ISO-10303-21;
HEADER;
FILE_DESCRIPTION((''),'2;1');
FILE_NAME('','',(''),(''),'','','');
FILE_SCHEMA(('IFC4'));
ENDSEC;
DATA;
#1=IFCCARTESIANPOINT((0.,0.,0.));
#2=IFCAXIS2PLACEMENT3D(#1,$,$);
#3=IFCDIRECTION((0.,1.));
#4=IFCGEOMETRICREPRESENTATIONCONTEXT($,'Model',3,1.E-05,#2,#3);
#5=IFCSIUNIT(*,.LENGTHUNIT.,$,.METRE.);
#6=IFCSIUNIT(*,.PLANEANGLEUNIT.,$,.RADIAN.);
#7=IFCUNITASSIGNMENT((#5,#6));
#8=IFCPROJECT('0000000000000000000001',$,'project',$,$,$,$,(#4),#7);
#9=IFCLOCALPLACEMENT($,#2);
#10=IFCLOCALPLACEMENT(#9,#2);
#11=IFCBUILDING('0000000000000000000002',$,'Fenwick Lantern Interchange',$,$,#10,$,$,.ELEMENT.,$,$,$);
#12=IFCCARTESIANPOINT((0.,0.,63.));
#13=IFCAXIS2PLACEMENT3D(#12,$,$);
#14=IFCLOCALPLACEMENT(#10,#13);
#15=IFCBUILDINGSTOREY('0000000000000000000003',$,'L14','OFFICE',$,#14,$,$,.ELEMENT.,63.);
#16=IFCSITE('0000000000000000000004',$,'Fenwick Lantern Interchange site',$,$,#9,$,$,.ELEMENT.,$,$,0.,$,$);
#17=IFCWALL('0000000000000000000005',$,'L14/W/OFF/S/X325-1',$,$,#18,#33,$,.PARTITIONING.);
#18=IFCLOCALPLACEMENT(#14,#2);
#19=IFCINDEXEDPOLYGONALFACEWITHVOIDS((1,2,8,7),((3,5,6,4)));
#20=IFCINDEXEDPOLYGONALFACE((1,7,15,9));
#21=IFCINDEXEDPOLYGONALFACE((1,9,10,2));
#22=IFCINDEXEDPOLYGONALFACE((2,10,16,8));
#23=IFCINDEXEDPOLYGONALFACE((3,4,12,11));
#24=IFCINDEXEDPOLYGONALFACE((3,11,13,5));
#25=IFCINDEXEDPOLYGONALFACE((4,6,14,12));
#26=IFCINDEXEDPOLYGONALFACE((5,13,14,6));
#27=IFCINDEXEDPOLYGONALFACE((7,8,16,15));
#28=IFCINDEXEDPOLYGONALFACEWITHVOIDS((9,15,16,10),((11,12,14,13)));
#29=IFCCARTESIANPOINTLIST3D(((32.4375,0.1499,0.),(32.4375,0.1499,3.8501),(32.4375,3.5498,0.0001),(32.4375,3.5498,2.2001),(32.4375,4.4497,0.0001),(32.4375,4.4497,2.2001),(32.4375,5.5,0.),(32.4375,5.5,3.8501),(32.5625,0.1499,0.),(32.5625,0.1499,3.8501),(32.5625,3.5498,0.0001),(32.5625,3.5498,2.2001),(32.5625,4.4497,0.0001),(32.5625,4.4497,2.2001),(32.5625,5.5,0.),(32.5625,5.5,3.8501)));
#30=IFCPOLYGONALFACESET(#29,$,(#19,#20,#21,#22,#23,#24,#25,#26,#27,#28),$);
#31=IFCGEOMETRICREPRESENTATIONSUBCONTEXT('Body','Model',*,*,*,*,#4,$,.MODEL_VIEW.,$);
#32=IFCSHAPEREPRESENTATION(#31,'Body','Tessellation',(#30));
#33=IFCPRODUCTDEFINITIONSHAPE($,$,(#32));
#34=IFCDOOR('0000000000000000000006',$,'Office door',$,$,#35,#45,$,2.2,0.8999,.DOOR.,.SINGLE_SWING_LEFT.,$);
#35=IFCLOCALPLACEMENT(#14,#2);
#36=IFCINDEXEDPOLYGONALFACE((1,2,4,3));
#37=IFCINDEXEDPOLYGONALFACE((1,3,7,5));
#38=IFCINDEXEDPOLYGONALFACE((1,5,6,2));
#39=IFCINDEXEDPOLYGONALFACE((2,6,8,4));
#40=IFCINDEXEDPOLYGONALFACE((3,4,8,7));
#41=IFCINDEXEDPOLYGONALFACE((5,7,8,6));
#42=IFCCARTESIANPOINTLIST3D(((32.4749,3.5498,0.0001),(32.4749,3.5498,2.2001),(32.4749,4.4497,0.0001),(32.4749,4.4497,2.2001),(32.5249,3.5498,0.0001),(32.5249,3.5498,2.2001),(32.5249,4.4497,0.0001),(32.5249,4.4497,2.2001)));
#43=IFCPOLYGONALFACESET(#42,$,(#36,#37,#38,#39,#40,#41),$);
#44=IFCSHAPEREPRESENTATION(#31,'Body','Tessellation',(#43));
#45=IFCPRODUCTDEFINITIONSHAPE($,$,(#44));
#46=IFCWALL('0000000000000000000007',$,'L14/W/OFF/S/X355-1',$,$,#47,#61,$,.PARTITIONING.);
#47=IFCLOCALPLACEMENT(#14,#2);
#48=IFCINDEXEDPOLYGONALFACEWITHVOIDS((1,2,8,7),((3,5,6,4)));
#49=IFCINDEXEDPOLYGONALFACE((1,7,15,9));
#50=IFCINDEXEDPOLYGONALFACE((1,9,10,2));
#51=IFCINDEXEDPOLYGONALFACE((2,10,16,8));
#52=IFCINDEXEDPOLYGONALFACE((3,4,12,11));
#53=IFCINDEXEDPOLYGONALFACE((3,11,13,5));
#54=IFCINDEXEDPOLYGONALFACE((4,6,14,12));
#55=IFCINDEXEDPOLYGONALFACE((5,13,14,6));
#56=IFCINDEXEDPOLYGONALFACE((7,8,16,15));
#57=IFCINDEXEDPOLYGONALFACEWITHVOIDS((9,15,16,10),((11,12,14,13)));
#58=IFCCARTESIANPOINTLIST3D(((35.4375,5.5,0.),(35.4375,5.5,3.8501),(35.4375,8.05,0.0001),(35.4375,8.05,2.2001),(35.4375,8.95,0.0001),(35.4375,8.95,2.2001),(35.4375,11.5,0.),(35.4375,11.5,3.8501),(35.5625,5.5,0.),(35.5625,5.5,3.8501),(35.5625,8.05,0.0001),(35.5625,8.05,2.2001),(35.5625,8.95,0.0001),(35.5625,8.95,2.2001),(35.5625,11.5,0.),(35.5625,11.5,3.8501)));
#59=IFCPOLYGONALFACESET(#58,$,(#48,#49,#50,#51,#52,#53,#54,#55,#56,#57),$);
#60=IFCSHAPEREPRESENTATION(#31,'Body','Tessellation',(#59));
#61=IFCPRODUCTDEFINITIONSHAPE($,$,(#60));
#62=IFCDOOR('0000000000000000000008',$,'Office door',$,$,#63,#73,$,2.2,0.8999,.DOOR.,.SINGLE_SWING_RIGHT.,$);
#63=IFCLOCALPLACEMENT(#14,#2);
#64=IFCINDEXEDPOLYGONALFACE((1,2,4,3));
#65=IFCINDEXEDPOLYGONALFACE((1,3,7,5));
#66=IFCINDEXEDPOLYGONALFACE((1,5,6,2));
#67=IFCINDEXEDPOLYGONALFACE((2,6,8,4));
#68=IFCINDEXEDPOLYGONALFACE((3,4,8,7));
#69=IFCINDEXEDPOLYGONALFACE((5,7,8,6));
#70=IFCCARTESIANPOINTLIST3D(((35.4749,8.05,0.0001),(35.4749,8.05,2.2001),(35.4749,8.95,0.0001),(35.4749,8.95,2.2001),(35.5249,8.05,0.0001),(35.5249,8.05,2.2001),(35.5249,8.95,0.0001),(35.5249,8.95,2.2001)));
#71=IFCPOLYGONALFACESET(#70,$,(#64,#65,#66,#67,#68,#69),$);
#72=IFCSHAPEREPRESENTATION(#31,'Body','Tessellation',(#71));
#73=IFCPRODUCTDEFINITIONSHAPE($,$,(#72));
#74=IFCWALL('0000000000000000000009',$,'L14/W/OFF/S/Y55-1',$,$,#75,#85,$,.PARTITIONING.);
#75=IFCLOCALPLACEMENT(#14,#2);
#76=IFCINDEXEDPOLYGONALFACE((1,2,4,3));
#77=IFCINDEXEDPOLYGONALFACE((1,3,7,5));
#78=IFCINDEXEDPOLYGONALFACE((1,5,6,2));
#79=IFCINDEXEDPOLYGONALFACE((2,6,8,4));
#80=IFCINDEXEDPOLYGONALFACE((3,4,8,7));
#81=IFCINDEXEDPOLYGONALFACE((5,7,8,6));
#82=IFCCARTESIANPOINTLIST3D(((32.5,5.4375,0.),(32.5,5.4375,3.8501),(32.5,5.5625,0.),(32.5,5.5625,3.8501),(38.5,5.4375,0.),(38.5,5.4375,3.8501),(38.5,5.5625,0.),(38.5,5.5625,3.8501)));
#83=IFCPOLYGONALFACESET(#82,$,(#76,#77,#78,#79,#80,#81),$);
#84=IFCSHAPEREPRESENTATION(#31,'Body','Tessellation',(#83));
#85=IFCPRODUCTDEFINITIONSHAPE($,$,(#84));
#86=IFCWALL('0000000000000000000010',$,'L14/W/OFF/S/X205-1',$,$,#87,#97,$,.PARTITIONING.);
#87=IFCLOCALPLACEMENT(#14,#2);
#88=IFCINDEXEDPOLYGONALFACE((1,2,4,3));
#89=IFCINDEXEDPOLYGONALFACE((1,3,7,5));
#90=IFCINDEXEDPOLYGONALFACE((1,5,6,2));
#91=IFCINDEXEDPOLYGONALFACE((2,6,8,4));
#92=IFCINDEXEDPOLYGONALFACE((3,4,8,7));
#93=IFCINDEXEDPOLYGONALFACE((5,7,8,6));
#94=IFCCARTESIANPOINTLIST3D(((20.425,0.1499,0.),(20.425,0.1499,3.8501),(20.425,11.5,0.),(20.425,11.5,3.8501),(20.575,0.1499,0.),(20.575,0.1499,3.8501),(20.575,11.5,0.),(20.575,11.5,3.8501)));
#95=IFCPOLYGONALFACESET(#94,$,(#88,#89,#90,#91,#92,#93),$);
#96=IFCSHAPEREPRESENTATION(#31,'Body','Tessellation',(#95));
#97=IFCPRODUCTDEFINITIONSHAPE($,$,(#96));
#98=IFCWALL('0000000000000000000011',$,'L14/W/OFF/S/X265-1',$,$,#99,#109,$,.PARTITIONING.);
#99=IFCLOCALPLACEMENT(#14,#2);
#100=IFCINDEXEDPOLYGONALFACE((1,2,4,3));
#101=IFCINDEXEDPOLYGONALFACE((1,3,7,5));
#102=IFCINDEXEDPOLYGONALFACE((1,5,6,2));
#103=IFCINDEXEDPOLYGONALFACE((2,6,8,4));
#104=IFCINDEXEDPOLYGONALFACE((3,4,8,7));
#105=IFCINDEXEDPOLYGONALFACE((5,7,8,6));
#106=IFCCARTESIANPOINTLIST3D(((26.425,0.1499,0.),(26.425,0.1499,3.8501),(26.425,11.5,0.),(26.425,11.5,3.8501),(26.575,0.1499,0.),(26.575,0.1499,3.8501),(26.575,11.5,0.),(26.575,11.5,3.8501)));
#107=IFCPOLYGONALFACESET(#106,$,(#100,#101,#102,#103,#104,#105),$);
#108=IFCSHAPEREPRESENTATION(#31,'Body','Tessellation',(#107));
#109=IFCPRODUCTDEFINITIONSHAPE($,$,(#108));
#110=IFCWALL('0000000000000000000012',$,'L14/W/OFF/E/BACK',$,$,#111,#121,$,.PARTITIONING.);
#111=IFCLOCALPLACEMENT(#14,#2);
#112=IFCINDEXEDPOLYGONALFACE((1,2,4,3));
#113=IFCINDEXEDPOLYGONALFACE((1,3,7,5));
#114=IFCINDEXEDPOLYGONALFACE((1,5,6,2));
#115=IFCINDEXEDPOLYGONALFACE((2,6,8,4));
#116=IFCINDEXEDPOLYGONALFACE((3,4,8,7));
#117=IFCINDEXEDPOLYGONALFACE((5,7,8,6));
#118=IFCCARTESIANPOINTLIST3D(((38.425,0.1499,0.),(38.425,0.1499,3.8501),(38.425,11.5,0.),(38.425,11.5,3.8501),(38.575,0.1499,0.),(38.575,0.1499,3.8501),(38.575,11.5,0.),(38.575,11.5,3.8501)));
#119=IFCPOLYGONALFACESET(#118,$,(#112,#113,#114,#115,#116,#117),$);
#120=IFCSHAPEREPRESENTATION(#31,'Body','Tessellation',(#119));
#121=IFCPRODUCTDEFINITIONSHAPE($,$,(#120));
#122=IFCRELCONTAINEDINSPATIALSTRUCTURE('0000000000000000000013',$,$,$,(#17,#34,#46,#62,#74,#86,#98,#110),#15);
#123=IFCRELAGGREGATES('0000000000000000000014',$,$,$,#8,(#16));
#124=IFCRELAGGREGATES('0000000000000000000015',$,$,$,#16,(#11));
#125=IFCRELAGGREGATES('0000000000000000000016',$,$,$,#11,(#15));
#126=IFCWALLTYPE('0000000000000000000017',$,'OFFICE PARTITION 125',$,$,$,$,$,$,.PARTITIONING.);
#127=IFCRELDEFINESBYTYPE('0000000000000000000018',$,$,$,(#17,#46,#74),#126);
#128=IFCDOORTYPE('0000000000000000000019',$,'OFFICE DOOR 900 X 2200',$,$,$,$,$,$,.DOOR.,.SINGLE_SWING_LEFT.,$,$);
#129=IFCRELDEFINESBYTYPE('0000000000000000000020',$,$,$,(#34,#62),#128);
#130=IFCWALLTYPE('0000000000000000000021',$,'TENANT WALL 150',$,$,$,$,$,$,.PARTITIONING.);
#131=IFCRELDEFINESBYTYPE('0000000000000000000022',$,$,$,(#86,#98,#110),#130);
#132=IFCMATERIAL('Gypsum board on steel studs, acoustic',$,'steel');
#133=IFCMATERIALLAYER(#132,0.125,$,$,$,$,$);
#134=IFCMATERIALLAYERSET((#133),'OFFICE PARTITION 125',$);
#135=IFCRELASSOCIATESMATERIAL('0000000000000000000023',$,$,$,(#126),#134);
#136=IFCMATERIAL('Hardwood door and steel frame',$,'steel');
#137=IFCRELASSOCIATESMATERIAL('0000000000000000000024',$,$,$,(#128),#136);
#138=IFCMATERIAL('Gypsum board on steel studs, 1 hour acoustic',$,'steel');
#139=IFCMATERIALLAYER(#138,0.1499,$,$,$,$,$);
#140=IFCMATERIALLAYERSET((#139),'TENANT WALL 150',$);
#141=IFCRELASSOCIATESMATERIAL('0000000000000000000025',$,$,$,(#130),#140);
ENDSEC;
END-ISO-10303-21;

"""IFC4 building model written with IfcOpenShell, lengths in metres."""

from ifc_helpers import new_model, si_unit, direction, frame, frame_2d, origin, place, context, subcontext, project, spatial, rectangle, extrude, material, layer, layer_set, type_object, element, fill, save


model = new_model("IFC4")

# Units and contexts
model_context = context("Model", 3, precision=1e-05, world=origin(), true_north=direction((0.0, 1.0)))
body_context = subcontext(model_context, "Body", "Model", "MODEL_VIEW")
ifc_project = project(units=[si_unit("LENGTHUNIT", "METRE"), si_unit("PLANEANGLEUNIT", "RADIAN")], contexts=[model_context])

# Site, building, storey
site_placement = place(None, origin())
site = spatial("IfcSite", under=ifc_project, at=site_placement, Name="Fenwick Lantern Interchange site", CompositionType="ELEMENT", RefElevation=0.0)
building_placement = place(site_placement, origin())
building = spatial("IfcBuilding", under=site, at=building_placement, Name="Fenwick Lantern Interchange", CompositionType="ELEMENT")
storey_placement = place(building_placement, frame((0.0, 0.0, 63.0)))
storey = spatial("IfcBuildingStorey", under=building, at=storey_placement, Name="L14", Description="OFFICE", CompositionType="ELEMENT", Elevation=63.0)

# Walls, openings, doors
ifc_material_1 = material(Name="Gypsum board on steel studs, acoustic", Category="steel")
ifc_layer_1 = layer(ifc_material_1, 0.125)
ifc_layer_set_1 = layer_set([ifc_layer_1], Name="OFFICE PARTITION 125")
wall_type_1 = type_object("IfcWallType", Name="OFFICE PARTITION 125", PredefinedType="PARTITIONING", material=ifc_layer_set_1)
wall_1_placement = place(storey_placement, frame((32.5, 0.1499, 0.0), z_axis=(0.0, 0.0, 1.0), x_axis=(0.0, 1.0, 0.0)))
wall_1 = element("IfcWall", 1, at=wall_1_placement, inside=storey, type_object=wall_type_1, Name="L14/W/OFF/S/X325-1", PredefinedType="PARTITIONING", context=body_context, shape_type="SweptSolid", body=[
    extrude(rectangle(XDim=5.3501, YDim=0.125, at=frame_2d((2.675, 0.0))), origin(), (0.0, 0.0, 1.0), 3.8501),
])
opening_1_placement = place(wall_1_placement, frame((3.3999, 0.0, 0.0)))
opening_1 = element("IfcOpeningElement", 2, at=opening_1_placement, cuts=wall_1, PredefinedType="OPENING", context=body_context, shape_type="SweptSolid", body=[
    extrude(rectangle(XDim=0.8999, YDim=2.2, at=frame_2d((0.45, 1.1001))), frame((0.0, 0.0725, 0.0), z_axis=(0.0, -1.0, 0.0), x_axis=(1.0, 0.0, 0.0)), (0.0, 0.0, 1.0), 0.145),
])
ifc_material_2 = material(Name="Hardwood door and steel frame", Category="steel")
door_type = type_object("IfcDoorType", Name="OFFICE DOOR 900 X 2200", OperationType="SINGLE_SWING_LEFT", PredefinedType="DOOR", material=ifc_material_2)
door_1_placement = place(opening_1_placement, frame((0.8999, 0.0, 0.0), z_axis=(0.0, 0.0, 1.0), x_axis=(-1.0, 0.0, 0.0)))
door_1 = element("IfcDoor", 3, at=door_1_placement, inside=storey, type_object=door_type, Name="Office door", OperationType="SINGLE_SWING_LEFT", OverallHeight=2.2, OverallWidth=0.8999, PredefinedType="DOOR", context=body_context, shape_type="SweptSolid", body=[
    extrude(rectangle(XDim=0.8999, YDim=2.2, at=frame_2d((0.45, 1.1001))), frame((0.0, 0.0249, 0.0), z_axis=(0.0, -1.0, 0.0), x_axis=(1.0, 0.0, 0.0)), (0.0, 0.0, 1.0), 0.05),
])
fill(opening_1, door_1)
wall_2_placement = place(storey_placement, frame((35.5, 5.5, 0.0), z_axis=(0.0, 0.0, 1.0), x_axis=(0.0, 1.0, 0.0)))
wall_2 = element("IfcWall", 4, at=wall_2_placement, inside=storey, type_object=wall_type_1, Name="L14/W/OFF/S/X355-1", PredefinedType="PARTITIONING", context=body_context, shape_type="SweptSolid", body=[
    extrude(rectangle(XDim=6.0, YDim=0.125, at=frame_2d((3.0, 0.0))), origin(), (0.0, 0.0, 1.0), 3.8501),
])
opening_2_placement = place(wall_2_placement, frame((2.55, 0.0, 0.0)))
opening_2 = element("IfcOpeningElement", 5, at=opening_2_placement, cuts=wall_2, PredefinedType="OPENING", context=body_context, shape_type="SweptSolid", body=[
    extrude(rectangle(XDim=0.8999, YDim=2.2, at=frame_2d((0.45, 1.1001))), frame((0.0, 0.0725, 0.0), z_axis=(0.0, -1.0, 0.0), x_axis=(1.0, 0.0, 0.0)), (0.0, 0.0, 1.0), 0.145),
])
door_2_placement = place(opening_2_placement, frame((0.8999, 0.0, 0.0), z_axis=(0.0, 0.0, 1.0), x_axis=(-1.0, 0.0, 0.0)))
door_2 = element("IfcDoor", 6, at=door_2_placement, inside=storey, type_object=door_type, Name="Office door", OperationType="SINGLE_SWING_RIGHT", OverallHeight=2.2, OverallWidth=0.8999, PredefinedType="DOOR", context=body_context, shape_type="SweptSolid", body=[
    extrude(rectangle(XDim=0.8999, YDim=2.2, at=frame_2d((0.45, 1.1001))), frame((0.0, 0.0249, 0.0), z_axis=(0.0, -1.0, 0.0), x_axis=(1.0, 0.0, 0.0)), (0.0, 0.0, 1.0), 0.05),
])
fill(opening_2, door_2)

# Walls
wall_3_placement = place(storey_placement, frame((32.5, 5.5, 0.0), z_axis=(0.0, 0.0, 1.0), x_axis=(1.0, 0.0, 0.0)))
element("IfcWall", 7, at=wall_3_placement, inside=storey, type_object=wall_type_1, Name="L14/W/OFF/S/Y55-1", PredefinedType="PARTITIONING", context=body_context, shape_type="SweptSolid", body=[
    extrude(rectangle(XDim=6.0, YDim=0.125, at=frame_2d((3.0, 0.0))), origin(), (0.0, 0.0, 1.0), 3.8501),
])
ifc_material_3 = material(Name="Gypsum board on steel studs, 1 hour acoustic", Category="steel")
ifc_layer_2 = layer(ifc_material_3, 0.1499)
ifc_layer_set_2 = layer_set([ifc_layer_2], Name="TENANT WALL 150")
wall_type_2 = type_object("IfcWallType", Name="TENANT WALL 150", PredefinedType="PARTITIONING", material=ifc_layer_set_2)
for number, where, z_axis, x_axis, name in (
    (8, (20.5, 0.1499, 0.0), (0.0, 0.0, 1.0), (0.0, 1.0, 0.0), "L14/W/OFF/S/X205-1"),
    (9, (26.5, 0.1499, 0.0), (0.0, 0.0, 1.0), (0.0, 1.0, 0.0), "L14/W/OFF/S/X265-1"),
    (10, (38.5, 0.1499, 0.0), (0.0, 0.0, 1.0), (0.0, 1.0, 0.0), "L14/W/OFF/E/BACK"),
):
    element("IfcWall", number, at=place(storey_placement, frame(where, z_axis=z_axis, x_axis=x_axis)), inside=storey, type_object=wall_type_2, Name=name, PredefinedType="PARTITIONING", context=body_context, shape_type="SweptSolid", body=[
        extrude(rectangle(XDim=11.3501, YDim=0.1499, at=frame_2d((5.675, 0.0))), origin(), (0.0, 0.0, 1.0), 3.8501),
    ])

save(model, "model.ifc")
